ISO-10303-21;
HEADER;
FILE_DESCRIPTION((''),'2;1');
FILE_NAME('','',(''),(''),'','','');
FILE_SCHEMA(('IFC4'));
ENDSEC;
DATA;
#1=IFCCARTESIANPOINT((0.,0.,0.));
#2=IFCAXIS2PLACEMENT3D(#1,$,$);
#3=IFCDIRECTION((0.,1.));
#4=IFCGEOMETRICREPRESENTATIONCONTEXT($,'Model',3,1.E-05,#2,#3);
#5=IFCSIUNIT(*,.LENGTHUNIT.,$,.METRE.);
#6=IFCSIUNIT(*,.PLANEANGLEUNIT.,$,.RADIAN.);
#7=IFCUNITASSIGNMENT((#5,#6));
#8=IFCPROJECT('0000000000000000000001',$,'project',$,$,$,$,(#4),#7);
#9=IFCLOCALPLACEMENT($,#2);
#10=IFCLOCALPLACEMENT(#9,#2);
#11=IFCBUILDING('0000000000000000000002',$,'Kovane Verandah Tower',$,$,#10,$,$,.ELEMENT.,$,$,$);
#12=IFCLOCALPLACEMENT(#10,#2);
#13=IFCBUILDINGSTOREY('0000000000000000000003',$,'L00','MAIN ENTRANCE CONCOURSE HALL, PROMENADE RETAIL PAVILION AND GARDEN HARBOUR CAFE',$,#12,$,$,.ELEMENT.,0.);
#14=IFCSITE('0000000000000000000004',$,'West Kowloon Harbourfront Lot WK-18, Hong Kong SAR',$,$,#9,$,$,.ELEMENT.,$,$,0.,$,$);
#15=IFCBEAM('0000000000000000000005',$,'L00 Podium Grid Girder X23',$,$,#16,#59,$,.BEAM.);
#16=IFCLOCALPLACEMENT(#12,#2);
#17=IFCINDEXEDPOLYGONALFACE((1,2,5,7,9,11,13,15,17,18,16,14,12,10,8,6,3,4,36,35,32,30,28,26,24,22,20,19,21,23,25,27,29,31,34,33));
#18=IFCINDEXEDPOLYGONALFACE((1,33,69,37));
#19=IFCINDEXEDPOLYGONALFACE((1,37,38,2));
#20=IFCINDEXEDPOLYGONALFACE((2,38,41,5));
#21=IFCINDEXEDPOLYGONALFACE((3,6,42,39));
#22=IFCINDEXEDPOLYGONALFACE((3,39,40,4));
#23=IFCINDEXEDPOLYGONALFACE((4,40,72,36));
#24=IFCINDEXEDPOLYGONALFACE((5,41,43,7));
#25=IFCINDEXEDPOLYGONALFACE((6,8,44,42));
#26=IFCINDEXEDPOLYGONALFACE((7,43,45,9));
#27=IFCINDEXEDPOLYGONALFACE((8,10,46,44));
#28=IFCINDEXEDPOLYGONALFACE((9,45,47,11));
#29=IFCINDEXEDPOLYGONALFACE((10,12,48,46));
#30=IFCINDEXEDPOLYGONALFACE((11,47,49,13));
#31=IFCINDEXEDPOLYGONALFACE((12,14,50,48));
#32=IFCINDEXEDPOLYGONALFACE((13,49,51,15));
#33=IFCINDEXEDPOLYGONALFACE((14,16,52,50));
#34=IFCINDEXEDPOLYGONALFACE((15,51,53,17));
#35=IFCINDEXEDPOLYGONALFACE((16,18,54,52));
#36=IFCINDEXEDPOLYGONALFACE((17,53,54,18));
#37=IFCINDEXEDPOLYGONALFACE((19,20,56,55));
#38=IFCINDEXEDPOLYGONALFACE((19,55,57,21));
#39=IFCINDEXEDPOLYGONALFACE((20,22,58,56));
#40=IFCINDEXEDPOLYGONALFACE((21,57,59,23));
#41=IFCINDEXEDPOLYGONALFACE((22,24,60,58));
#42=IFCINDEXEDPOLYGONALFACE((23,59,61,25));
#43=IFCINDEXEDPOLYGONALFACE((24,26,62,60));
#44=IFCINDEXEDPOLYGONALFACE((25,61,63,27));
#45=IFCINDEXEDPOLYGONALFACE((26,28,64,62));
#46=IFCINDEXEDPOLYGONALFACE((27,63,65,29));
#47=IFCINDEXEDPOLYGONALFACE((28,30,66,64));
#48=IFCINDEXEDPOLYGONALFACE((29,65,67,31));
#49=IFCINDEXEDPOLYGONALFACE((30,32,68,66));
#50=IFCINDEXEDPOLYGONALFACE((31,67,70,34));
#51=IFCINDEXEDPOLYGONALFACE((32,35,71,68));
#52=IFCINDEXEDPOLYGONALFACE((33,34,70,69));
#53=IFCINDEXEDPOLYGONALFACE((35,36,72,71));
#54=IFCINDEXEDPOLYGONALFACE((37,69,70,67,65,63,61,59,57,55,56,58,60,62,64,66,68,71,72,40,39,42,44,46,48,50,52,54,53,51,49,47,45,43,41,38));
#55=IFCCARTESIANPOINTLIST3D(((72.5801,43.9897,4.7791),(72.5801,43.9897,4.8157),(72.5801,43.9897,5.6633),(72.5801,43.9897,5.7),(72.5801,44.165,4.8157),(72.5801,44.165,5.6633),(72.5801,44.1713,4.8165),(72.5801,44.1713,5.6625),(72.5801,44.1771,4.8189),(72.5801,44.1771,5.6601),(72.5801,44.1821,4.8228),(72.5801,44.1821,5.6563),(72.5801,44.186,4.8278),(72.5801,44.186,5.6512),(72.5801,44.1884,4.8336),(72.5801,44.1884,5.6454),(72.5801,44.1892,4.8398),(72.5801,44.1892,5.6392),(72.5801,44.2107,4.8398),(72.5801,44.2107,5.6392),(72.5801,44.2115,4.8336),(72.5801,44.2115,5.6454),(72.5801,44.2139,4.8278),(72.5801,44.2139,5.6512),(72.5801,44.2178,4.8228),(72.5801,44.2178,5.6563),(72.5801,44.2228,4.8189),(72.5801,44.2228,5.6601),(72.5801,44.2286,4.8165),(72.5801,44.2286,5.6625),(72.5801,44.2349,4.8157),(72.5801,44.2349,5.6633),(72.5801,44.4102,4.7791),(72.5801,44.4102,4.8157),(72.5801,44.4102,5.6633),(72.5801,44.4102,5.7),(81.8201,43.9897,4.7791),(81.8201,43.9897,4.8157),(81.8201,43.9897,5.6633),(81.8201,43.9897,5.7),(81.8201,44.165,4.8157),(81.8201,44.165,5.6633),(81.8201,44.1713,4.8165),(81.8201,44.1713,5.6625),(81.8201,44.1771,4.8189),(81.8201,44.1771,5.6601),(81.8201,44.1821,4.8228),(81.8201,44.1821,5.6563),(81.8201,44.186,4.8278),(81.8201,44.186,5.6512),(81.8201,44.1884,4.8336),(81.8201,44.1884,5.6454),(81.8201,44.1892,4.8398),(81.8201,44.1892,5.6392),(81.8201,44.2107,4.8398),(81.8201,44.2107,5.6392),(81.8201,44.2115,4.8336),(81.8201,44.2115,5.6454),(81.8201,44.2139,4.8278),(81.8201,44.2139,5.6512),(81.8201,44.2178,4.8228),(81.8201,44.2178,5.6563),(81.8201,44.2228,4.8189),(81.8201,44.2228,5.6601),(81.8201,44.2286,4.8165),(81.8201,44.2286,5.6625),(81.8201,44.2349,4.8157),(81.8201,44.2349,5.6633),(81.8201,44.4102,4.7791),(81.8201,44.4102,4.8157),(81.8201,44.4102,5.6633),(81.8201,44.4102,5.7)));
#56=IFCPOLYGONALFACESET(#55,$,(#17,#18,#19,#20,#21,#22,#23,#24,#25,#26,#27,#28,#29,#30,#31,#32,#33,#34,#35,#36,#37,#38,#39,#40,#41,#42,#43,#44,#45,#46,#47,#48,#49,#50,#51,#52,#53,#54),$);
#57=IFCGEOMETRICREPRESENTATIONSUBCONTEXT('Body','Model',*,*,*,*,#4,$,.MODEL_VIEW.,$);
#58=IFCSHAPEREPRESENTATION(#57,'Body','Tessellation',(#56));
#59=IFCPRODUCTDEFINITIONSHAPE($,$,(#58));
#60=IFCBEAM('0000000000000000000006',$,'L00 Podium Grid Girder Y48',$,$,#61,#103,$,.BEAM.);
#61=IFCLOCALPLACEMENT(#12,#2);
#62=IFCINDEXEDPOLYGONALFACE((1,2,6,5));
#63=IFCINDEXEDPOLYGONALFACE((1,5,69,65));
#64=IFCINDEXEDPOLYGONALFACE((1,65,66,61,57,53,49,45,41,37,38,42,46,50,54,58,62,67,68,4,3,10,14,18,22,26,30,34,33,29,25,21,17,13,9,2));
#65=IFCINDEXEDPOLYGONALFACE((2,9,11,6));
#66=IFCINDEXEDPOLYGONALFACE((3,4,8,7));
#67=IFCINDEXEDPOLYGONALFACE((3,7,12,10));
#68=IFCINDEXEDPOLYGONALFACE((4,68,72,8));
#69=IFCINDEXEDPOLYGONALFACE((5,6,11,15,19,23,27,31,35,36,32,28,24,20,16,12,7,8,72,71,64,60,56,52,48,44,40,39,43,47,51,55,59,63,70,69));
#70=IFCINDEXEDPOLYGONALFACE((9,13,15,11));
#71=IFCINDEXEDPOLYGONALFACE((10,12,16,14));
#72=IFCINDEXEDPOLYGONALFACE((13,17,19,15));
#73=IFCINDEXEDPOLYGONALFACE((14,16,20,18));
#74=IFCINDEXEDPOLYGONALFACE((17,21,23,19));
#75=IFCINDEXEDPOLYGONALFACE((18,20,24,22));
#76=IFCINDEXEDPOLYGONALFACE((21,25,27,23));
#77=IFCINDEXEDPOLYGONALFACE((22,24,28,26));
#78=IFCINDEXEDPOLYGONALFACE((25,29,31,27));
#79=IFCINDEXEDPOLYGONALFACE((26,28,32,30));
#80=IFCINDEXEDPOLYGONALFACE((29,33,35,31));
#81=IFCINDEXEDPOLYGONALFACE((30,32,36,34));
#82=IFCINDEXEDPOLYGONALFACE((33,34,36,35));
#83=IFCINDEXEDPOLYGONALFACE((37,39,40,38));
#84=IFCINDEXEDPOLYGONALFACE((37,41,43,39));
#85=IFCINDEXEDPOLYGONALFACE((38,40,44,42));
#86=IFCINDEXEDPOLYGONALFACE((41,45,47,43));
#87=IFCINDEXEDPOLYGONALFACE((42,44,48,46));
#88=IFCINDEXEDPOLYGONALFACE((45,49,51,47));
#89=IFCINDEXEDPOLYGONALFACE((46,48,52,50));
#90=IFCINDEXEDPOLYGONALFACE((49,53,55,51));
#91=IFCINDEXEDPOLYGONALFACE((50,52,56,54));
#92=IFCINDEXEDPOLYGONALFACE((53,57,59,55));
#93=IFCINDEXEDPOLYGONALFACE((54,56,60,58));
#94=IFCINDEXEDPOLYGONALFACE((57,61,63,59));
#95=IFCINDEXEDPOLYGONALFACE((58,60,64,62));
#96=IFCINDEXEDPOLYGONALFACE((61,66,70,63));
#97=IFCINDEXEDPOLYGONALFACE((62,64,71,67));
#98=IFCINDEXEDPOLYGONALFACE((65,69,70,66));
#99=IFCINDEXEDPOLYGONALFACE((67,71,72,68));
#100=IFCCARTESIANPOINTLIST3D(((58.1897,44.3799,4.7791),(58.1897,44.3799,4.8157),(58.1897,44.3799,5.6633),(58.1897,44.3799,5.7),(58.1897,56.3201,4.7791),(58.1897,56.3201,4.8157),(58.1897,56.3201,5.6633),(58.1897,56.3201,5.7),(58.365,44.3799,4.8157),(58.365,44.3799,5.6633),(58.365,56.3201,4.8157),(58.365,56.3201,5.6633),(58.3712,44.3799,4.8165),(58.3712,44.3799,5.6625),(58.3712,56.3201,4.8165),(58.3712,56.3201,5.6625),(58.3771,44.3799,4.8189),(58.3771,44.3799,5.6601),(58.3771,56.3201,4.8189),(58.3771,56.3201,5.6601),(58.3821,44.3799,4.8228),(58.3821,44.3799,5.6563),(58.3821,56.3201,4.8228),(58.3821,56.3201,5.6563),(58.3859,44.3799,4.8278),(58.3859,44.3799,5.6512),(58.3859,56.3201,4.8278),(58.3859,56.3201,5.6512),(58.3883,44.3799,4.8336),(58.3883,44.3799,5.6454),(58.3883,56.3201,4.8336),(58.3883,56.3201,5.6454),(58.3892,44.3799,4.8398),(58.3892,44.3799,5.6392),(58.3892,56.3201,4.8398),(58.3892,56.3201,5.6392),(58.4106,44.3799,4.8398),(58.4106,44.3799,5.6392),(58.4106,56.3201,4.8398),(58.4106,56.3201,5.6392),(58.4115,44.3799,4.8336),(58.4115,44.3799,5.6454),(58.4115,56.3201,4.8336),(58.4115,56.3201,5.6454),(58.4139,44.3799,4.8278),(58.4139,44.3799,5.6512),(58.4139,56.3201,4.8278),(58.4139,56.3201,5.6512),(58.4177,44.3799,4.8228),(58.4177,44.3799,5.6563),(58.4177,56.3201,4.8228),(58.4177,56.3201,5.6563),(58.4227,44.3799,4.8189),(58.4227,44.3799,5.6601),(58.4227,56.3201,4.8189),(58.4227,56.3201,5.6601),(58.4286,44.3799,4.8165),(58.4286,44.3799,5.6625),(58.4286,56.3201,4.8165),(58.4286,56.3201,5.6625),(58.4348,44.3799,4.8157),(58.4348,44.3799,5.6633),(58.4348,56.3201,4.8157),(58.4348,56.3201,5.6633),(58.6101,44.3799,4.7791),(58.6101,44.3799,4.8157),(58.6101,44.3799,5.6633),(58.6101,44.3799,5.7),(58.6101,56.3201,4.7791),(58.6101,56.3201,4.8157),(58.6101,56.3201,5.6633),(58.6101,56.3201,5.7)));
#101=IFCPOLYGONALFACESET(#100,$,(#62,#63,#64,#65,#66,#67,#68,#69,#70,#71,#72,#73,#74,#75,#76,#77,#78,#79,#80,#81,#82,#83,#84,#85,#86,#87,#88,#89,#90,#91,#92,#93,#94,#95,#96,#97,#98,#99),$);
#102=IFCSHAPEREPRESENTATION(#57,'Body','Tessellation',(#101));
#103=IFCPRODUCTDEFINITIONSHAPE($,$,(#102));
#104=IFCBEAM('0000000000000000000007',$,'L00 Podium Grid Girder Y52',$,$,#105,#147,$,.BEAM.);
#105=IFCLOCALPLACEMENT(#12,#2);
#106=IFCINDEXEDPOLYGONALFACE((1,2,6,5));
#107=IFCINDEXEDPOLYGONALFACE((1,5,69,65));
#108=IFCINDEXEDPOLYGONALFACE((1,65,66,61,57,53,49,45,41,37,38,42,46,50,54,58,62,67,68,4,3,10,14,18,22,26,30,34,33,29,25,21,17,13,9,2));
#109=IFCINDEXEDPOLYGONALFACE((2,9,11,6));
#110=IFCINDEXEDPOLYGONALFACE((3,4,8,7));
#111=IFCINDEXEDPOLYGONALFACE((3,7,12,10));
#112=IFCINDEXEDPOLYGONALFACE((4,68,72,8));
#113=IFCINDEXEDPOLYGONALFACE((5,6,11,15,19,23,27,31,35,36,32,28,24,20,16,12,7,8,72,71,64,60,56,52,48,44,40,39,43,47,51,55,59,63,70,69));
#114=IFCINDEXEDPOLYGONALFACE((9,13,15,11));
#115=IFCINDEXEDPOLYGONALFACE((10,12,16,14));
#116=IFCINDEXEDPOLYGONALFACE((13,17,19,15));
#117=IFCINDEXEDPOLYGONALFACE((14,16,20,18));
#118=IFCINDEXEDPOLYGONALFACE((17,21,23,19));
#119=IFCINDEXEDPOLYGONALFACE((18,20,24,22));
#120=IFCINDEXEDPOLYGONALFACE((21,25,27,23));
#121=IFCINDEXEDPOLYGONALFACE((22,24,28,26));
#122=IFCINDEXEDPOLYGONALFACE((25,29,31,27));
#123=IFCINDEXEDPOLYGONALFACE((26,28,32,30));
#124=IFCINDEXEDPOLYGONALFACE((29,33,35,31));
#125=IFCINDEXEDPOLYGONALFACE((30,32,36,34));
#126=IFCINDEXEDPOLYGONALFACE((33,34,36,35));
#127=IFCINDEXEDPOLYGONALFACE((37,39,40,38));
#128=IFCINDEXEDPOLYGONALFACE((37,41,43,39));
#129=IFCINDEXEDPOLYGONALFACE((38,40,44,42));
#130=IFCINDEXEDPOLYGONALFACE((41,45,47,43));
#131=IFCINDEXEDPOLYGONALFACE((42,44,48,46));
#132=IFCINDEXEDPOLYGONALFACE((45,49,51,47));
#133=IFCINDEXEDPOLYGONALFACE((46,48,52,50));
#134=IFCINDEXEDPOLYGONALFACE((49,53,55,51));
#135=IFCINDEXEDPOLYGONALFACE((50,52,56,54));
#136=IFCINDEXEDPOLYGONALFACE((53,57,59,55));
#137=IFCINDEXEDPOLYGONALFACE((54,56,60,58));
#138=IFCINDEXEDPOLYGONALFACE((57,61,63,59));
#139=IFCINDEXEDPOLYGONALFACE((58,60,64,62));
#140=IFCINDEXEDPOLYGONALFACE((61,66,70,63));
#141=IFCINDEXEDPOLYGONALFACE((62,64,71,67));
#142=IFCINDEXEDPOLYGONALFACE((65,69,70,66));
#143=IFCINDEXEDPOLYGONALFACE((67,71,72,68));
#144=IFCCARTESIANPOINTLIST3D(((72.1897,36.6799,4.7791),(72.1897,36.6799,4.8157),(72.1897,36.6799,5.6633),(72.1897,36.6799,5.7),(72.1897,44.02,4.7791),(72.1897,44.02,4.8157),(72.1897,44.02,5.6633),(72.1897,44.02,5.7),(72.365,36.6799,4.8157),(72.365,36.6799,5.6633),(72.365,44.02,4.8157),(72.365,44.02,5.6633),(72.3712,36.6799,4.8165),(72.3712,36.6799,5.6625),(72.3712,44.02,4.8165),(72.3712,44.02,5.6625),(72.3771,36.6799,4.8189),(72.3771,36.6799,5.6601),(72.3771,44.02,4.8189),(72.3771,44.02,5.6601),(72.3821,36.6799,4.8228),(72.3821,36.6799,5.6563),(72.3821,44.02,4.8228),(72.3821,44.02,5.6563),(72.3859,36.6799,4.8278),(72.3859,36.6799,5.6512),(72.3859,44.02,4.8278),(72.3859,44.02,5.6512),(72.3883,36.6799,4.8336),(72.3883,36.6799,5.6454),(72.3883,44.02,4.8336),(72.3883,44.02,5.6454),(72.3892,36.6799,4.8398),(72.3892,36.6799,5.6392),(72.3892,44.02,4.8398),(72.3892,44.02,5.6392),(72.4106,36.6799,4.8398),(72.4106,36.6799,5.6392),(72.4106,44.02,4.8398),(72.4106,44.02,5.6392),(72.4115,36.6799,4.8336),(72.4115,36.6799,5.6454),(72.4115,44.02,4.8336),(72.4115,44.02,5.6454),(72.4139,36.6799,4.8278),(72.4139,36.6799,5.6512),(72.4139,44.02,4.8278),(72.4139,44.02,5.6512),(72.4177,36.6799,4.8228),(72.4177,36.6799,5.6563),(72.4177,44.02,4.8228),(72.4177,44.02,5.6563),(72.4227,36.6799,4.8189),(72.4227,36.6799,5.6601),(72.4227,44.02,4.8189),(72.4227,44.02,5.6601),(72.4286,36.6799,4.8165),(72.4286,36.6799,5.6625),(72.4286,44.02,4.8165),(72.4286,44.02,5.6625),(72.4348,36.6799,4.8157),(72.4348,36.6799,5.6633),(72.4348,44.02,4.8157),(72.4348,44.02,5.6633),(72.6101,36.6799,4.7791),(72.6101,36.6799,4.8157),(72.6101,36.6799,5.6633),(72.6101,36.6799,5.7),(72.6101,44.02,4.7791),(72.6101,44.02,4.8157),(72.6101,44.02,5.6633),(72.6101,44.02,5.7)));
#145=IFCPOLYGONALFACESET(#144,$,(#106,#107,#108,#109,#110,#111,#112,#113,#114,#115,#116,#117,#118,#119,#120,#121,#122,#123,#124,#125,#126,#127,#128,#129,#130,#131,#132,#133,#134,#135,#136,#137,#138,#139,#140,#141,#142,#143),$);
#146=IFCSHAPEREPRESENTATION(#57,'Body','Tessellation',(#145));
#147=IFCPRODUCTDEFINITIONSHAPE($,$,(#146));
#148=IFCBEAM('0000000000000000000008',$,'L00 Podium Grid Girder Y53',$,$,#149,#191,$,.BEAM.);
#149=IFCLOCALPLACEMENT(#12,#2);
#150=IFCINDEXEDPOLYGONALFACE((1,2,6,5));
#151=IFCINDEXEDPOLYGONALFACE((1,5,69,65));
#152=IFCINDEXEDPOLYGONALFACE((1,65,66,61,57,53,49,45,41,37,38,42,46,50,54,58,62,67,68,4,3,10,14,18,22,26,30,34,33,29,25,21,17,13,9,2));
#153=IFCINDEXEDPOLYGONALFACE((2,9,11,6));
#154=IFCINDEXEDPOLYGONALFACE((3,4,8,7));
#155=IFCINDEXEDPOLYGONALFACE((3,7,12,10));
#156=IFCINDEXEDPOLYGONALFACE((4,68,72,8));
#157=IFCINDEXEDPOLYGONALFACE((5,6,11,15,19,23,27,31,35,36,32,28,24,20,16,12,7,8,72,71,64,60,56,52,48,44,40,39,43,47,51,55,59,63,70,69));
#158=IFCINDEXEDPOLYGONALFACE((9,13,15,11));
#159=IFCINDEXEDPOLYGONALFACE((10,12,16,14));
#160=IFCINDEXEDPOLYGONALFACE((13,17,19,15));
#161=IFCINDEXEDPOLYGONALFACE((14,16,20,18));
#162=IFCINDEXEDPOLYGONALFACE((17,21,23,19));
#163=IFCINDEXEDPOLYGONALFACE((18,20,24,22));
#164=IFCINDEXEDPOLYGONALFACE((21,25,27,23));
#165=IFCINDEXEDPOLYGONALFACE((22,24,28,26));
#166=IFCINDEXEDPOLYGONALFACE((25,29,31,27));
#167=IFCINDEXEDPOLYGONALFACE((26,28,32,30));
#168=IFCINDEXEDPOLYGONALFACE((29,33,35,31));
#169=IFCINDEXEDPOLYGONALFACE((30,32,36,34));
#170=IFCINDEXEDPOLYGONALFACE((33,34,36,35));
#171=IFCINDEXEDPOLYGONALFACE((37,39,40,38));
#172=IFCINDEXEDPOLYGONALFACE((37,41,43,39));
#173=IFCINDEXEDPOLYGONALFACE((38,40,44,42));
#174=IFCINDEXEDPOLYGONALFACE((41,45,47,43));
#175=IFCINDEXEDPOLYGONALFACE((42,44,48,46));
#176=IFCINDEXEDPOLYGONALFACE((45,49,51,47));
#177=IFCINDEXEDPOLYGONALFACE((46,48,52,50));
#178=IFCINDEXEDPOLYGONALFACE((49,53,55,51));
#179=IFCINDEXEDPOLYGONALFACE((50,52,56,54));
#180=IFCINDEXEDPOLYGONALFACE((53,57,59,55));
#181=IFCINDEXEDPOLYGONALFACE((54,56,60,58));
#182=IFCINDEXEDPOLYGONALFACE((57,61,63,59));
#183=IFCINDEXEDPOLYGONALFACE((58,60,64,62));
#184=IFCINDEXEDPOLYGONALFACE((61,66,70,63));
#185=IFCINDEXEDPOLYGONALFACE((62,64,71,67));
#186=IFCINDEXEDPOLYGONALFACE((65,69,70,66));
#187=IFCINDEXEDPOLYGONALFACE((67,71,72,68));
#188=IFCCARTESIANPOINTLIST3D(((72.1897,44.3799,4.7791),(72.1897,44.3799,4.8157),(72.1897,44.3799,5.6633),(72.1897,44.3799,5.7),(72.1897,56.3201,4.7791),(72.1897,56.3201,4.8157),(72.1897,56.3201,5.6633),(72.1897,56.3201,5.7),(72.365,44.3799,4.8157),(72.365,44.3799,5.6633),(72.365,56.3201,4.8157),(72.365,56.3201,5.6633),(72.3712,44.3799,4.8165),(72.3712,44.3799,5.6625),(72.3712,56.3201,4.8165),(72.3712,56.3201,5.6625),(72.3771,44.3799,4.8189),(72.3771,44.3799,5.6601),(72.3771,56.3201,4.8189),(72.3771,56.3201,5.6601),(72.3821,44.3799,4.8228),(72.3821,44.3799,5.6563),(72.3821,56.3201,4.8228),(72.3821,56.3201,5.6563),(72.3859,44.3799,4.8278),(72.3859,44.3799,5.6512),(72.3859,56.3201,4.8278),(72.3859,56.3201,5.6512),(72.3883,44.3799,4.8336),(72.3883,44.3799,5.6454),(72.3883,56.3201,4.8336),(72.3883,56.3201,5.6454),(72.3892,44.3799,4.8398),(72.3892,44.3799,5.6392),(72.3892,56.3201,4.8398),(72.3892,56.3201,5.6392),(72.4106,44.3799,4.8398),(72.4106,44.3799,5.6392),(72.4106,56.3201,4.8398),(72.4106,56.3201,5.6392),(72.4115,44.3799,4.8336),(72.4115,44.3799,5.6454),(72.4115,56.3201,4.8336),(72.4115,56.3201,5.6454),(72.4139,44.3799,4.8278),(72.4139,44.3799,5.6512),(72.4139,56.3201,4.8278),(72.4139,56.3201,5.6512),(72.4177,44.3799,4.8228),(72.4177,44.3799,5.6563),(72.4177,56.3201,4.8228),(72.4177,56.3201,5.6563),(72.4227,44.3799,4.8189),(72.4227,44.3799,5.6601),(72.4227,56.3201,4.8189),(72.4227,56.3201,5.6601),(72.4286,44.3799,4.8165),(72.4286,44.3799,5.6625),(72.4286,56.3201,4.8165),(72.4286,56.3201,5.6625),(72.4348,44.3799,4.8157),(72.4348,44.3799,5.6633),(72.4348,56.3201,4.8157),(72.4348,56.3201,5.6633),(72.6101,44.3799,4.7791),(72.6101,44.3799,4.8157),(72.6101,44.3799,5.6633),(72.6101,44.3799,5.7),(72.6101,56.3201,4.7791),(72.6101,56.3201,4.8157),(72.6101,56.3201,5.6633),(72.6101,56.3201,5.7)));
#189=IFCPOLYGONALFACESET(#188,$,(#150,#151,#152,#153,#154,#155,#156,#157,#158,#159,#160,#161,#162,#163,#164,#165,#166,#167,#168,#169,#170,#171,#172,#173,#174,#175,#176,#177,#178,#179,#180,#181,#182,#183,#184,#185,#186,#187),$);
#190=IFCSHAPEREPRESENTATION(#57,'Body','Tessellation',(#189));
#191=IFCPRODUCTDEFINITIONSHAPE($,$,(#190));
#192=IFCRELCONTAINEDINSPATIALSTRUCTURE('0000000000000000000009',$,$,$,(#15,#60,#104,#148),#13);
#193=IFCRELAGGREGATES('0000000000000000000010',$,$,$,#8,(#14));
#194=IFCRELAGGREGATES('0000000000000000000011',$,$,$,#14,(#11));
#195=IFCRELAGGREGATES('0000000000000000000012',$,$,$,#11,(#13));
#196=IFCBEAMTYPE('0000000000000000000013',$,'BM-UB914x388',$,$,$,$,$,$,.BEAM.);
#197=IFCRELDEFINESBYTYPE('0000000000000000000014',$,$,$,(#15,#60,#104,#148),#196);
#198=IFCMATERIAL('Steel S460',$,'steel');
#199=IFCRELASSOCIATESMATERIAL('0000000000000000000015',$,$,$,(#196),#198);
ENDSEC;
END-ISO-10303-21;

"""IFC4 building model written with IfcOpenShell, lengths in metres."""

from ifc_helpers import new_model, si_unit, direction, frame, origin, origin_2d, place, context, subcontext, project, spatial, i_section, extrude, material, material_profile, profile_set, type_object, element, save


model = new_model("IFC4")

# Units and contexts
model_context = context("Model", 3, precision=1e-05, world=origin(), true_north=direction((0.0, 1.0)))
body_context = subcontext(model_context, "Body", "Model", "MODEL_VIEW")
ifc_project = project(units=[si_unit("LENGTHUNIT", "METRE"), si_unit("PLANEANGLEUNIT", "RADIAN")], contexts=[model_context])

# Site, building, storey
site_placement = place(None, origin())
site = spatial("IfcSite", under=ifc_project, at=site_placement, Name="West Kowloon Harbourfront Lot WK-18, Hong Kong SAR", CompositionType="ELEMENT", RefElevation=0.0)
building_placement = place(site_placement, origin())
building = spatial("IfcBuilding", under=site, at=building_placement, Name="Kovane Verandah Tower", CompositionType="ELEMENT")
storey_placement = place(building_placement, origin())
storey = spatial("IfcBuildingStorey", under=building, at=storey_placement, Name="L00", Description="MAIN ENTRANCE CONCOURSE HALL, PROMENADE RETAIL PAVILION AND GARDEN HARBOUR CAFE", CompositionType="ELEMENT", Elevation=0.0)

# Shared definitions
ifc_material_1 = material(Name="Steel S460", Category="steel")

# Beams
ifc_material_profile_1 = material_profile(ifc_material_1, i_section(OverallWidth=0.4204, OverallDepth=0.9209, WebThickness=0.0215, FlangeThickness=0.0366, FilletRadius=0.0242, at=origin_2d()), Name="UB914x419x388")
ifc_profile_set_1 = profile_set([ifc_material_profile_1], Name="Steel S460")
beam_type = type_object("IfcBeamType", Name="BM-UB914x388", PredefinedType="BEAM", material=ifc_profile_set_1)
beam_1_placement = place(storey_placement, frame((72.5801, 44.2, 5.2395), z_axis=(1.0, 0.0, 0.0), x_axis=(0.0, 1.0, 0.0)))
element("IfcBeam", 1, at=beam_1_placement, inside=storey, type_object=beam_type, Name="L00 Podium Grid Girder X23", PredefinedType="BEAM", context=body_context, shape_type="SweptSolid", body=[
    extrude(i_section(OverallWidth=0.4204, OverallDepth=0.9209, WebThickness=0.0215, FlangeThickness=0.0366, FilletRadius=0.0242, at=origin_2d()), origin(), (0.0, 0.0, 1.0), 9.24),
])
beam_2_placement = place(storey_placement, frame((58.3999, 44.3799, 5.2395), z_axis=(0.0, 1.0, 0.0), x_axis=(-1.0, 0.0, 0.0)))
element("IfcBeam", 2, at=beam_2_placement, inside=storey, type_object=beam_type, Name="L00 Podium Grid Girder Y48", PredefinedType="BEAM", context=body_context, shape_type="SweptSolid", body=[
    extrude(i_section(OverallWidth=0.4204, OverallDepth=0.9209, WebThickness=0.0215, FlangeThickness=0.0366, FilletRadius=0.0242, at=origin_2d()), origin(), (0.0, 0.0, 1.0), 11.9402),
])
beam_3_placement = place(storey_placement, frame((72.3999, 36.6799, 5.2395), z_axis=(0.0, 1.0, 0.0), x_axis=(-1.0, 0.0, 0.0)))
element("IfcBeam", 3, at=beam_3_placement, inside=storey, type_object=beam_type, Name="L00 Podium Grid Girder Y52", PredefinedType="BEAM", context=body_context, shape_type="SweptSolid", body=[
    extrude(i_section(OverallWidth=0.4204, OverallDepth=0.9209, WebThickness=0.0215, FlangeThickness=0.0366, FilletRadius=0.0242, at=origin_2d()), origin(), (0.0, 0.0, 1.0), 7.3401),
])
beam_4_placement = place(storey_placement, frame((72.3999, 44.3799, 5.2395), z_axis=(0.0, 1.0, 0.0), x_axis=(-1.0, 0.0, 0.0)))
element("IfcBeam", 4, at=beam_4_placement, inside=storey, type_object=beam_type, Name="L00 Podium Grid Girder Y53", PredefinedType="BEAM", context=body_context, shape_type="SweptSolid", body=[
    extrude(i_section(OverallWidth=0.4204, OverallDepth=0.9209, WebThickness=0.0215, FlangeThickness=0.0366, FilletRadius=0.0242, at=origin_2d()), origin(), (0.0, 0.0, 1.0), 11.9402),
])

save(model, "model.ifc")
